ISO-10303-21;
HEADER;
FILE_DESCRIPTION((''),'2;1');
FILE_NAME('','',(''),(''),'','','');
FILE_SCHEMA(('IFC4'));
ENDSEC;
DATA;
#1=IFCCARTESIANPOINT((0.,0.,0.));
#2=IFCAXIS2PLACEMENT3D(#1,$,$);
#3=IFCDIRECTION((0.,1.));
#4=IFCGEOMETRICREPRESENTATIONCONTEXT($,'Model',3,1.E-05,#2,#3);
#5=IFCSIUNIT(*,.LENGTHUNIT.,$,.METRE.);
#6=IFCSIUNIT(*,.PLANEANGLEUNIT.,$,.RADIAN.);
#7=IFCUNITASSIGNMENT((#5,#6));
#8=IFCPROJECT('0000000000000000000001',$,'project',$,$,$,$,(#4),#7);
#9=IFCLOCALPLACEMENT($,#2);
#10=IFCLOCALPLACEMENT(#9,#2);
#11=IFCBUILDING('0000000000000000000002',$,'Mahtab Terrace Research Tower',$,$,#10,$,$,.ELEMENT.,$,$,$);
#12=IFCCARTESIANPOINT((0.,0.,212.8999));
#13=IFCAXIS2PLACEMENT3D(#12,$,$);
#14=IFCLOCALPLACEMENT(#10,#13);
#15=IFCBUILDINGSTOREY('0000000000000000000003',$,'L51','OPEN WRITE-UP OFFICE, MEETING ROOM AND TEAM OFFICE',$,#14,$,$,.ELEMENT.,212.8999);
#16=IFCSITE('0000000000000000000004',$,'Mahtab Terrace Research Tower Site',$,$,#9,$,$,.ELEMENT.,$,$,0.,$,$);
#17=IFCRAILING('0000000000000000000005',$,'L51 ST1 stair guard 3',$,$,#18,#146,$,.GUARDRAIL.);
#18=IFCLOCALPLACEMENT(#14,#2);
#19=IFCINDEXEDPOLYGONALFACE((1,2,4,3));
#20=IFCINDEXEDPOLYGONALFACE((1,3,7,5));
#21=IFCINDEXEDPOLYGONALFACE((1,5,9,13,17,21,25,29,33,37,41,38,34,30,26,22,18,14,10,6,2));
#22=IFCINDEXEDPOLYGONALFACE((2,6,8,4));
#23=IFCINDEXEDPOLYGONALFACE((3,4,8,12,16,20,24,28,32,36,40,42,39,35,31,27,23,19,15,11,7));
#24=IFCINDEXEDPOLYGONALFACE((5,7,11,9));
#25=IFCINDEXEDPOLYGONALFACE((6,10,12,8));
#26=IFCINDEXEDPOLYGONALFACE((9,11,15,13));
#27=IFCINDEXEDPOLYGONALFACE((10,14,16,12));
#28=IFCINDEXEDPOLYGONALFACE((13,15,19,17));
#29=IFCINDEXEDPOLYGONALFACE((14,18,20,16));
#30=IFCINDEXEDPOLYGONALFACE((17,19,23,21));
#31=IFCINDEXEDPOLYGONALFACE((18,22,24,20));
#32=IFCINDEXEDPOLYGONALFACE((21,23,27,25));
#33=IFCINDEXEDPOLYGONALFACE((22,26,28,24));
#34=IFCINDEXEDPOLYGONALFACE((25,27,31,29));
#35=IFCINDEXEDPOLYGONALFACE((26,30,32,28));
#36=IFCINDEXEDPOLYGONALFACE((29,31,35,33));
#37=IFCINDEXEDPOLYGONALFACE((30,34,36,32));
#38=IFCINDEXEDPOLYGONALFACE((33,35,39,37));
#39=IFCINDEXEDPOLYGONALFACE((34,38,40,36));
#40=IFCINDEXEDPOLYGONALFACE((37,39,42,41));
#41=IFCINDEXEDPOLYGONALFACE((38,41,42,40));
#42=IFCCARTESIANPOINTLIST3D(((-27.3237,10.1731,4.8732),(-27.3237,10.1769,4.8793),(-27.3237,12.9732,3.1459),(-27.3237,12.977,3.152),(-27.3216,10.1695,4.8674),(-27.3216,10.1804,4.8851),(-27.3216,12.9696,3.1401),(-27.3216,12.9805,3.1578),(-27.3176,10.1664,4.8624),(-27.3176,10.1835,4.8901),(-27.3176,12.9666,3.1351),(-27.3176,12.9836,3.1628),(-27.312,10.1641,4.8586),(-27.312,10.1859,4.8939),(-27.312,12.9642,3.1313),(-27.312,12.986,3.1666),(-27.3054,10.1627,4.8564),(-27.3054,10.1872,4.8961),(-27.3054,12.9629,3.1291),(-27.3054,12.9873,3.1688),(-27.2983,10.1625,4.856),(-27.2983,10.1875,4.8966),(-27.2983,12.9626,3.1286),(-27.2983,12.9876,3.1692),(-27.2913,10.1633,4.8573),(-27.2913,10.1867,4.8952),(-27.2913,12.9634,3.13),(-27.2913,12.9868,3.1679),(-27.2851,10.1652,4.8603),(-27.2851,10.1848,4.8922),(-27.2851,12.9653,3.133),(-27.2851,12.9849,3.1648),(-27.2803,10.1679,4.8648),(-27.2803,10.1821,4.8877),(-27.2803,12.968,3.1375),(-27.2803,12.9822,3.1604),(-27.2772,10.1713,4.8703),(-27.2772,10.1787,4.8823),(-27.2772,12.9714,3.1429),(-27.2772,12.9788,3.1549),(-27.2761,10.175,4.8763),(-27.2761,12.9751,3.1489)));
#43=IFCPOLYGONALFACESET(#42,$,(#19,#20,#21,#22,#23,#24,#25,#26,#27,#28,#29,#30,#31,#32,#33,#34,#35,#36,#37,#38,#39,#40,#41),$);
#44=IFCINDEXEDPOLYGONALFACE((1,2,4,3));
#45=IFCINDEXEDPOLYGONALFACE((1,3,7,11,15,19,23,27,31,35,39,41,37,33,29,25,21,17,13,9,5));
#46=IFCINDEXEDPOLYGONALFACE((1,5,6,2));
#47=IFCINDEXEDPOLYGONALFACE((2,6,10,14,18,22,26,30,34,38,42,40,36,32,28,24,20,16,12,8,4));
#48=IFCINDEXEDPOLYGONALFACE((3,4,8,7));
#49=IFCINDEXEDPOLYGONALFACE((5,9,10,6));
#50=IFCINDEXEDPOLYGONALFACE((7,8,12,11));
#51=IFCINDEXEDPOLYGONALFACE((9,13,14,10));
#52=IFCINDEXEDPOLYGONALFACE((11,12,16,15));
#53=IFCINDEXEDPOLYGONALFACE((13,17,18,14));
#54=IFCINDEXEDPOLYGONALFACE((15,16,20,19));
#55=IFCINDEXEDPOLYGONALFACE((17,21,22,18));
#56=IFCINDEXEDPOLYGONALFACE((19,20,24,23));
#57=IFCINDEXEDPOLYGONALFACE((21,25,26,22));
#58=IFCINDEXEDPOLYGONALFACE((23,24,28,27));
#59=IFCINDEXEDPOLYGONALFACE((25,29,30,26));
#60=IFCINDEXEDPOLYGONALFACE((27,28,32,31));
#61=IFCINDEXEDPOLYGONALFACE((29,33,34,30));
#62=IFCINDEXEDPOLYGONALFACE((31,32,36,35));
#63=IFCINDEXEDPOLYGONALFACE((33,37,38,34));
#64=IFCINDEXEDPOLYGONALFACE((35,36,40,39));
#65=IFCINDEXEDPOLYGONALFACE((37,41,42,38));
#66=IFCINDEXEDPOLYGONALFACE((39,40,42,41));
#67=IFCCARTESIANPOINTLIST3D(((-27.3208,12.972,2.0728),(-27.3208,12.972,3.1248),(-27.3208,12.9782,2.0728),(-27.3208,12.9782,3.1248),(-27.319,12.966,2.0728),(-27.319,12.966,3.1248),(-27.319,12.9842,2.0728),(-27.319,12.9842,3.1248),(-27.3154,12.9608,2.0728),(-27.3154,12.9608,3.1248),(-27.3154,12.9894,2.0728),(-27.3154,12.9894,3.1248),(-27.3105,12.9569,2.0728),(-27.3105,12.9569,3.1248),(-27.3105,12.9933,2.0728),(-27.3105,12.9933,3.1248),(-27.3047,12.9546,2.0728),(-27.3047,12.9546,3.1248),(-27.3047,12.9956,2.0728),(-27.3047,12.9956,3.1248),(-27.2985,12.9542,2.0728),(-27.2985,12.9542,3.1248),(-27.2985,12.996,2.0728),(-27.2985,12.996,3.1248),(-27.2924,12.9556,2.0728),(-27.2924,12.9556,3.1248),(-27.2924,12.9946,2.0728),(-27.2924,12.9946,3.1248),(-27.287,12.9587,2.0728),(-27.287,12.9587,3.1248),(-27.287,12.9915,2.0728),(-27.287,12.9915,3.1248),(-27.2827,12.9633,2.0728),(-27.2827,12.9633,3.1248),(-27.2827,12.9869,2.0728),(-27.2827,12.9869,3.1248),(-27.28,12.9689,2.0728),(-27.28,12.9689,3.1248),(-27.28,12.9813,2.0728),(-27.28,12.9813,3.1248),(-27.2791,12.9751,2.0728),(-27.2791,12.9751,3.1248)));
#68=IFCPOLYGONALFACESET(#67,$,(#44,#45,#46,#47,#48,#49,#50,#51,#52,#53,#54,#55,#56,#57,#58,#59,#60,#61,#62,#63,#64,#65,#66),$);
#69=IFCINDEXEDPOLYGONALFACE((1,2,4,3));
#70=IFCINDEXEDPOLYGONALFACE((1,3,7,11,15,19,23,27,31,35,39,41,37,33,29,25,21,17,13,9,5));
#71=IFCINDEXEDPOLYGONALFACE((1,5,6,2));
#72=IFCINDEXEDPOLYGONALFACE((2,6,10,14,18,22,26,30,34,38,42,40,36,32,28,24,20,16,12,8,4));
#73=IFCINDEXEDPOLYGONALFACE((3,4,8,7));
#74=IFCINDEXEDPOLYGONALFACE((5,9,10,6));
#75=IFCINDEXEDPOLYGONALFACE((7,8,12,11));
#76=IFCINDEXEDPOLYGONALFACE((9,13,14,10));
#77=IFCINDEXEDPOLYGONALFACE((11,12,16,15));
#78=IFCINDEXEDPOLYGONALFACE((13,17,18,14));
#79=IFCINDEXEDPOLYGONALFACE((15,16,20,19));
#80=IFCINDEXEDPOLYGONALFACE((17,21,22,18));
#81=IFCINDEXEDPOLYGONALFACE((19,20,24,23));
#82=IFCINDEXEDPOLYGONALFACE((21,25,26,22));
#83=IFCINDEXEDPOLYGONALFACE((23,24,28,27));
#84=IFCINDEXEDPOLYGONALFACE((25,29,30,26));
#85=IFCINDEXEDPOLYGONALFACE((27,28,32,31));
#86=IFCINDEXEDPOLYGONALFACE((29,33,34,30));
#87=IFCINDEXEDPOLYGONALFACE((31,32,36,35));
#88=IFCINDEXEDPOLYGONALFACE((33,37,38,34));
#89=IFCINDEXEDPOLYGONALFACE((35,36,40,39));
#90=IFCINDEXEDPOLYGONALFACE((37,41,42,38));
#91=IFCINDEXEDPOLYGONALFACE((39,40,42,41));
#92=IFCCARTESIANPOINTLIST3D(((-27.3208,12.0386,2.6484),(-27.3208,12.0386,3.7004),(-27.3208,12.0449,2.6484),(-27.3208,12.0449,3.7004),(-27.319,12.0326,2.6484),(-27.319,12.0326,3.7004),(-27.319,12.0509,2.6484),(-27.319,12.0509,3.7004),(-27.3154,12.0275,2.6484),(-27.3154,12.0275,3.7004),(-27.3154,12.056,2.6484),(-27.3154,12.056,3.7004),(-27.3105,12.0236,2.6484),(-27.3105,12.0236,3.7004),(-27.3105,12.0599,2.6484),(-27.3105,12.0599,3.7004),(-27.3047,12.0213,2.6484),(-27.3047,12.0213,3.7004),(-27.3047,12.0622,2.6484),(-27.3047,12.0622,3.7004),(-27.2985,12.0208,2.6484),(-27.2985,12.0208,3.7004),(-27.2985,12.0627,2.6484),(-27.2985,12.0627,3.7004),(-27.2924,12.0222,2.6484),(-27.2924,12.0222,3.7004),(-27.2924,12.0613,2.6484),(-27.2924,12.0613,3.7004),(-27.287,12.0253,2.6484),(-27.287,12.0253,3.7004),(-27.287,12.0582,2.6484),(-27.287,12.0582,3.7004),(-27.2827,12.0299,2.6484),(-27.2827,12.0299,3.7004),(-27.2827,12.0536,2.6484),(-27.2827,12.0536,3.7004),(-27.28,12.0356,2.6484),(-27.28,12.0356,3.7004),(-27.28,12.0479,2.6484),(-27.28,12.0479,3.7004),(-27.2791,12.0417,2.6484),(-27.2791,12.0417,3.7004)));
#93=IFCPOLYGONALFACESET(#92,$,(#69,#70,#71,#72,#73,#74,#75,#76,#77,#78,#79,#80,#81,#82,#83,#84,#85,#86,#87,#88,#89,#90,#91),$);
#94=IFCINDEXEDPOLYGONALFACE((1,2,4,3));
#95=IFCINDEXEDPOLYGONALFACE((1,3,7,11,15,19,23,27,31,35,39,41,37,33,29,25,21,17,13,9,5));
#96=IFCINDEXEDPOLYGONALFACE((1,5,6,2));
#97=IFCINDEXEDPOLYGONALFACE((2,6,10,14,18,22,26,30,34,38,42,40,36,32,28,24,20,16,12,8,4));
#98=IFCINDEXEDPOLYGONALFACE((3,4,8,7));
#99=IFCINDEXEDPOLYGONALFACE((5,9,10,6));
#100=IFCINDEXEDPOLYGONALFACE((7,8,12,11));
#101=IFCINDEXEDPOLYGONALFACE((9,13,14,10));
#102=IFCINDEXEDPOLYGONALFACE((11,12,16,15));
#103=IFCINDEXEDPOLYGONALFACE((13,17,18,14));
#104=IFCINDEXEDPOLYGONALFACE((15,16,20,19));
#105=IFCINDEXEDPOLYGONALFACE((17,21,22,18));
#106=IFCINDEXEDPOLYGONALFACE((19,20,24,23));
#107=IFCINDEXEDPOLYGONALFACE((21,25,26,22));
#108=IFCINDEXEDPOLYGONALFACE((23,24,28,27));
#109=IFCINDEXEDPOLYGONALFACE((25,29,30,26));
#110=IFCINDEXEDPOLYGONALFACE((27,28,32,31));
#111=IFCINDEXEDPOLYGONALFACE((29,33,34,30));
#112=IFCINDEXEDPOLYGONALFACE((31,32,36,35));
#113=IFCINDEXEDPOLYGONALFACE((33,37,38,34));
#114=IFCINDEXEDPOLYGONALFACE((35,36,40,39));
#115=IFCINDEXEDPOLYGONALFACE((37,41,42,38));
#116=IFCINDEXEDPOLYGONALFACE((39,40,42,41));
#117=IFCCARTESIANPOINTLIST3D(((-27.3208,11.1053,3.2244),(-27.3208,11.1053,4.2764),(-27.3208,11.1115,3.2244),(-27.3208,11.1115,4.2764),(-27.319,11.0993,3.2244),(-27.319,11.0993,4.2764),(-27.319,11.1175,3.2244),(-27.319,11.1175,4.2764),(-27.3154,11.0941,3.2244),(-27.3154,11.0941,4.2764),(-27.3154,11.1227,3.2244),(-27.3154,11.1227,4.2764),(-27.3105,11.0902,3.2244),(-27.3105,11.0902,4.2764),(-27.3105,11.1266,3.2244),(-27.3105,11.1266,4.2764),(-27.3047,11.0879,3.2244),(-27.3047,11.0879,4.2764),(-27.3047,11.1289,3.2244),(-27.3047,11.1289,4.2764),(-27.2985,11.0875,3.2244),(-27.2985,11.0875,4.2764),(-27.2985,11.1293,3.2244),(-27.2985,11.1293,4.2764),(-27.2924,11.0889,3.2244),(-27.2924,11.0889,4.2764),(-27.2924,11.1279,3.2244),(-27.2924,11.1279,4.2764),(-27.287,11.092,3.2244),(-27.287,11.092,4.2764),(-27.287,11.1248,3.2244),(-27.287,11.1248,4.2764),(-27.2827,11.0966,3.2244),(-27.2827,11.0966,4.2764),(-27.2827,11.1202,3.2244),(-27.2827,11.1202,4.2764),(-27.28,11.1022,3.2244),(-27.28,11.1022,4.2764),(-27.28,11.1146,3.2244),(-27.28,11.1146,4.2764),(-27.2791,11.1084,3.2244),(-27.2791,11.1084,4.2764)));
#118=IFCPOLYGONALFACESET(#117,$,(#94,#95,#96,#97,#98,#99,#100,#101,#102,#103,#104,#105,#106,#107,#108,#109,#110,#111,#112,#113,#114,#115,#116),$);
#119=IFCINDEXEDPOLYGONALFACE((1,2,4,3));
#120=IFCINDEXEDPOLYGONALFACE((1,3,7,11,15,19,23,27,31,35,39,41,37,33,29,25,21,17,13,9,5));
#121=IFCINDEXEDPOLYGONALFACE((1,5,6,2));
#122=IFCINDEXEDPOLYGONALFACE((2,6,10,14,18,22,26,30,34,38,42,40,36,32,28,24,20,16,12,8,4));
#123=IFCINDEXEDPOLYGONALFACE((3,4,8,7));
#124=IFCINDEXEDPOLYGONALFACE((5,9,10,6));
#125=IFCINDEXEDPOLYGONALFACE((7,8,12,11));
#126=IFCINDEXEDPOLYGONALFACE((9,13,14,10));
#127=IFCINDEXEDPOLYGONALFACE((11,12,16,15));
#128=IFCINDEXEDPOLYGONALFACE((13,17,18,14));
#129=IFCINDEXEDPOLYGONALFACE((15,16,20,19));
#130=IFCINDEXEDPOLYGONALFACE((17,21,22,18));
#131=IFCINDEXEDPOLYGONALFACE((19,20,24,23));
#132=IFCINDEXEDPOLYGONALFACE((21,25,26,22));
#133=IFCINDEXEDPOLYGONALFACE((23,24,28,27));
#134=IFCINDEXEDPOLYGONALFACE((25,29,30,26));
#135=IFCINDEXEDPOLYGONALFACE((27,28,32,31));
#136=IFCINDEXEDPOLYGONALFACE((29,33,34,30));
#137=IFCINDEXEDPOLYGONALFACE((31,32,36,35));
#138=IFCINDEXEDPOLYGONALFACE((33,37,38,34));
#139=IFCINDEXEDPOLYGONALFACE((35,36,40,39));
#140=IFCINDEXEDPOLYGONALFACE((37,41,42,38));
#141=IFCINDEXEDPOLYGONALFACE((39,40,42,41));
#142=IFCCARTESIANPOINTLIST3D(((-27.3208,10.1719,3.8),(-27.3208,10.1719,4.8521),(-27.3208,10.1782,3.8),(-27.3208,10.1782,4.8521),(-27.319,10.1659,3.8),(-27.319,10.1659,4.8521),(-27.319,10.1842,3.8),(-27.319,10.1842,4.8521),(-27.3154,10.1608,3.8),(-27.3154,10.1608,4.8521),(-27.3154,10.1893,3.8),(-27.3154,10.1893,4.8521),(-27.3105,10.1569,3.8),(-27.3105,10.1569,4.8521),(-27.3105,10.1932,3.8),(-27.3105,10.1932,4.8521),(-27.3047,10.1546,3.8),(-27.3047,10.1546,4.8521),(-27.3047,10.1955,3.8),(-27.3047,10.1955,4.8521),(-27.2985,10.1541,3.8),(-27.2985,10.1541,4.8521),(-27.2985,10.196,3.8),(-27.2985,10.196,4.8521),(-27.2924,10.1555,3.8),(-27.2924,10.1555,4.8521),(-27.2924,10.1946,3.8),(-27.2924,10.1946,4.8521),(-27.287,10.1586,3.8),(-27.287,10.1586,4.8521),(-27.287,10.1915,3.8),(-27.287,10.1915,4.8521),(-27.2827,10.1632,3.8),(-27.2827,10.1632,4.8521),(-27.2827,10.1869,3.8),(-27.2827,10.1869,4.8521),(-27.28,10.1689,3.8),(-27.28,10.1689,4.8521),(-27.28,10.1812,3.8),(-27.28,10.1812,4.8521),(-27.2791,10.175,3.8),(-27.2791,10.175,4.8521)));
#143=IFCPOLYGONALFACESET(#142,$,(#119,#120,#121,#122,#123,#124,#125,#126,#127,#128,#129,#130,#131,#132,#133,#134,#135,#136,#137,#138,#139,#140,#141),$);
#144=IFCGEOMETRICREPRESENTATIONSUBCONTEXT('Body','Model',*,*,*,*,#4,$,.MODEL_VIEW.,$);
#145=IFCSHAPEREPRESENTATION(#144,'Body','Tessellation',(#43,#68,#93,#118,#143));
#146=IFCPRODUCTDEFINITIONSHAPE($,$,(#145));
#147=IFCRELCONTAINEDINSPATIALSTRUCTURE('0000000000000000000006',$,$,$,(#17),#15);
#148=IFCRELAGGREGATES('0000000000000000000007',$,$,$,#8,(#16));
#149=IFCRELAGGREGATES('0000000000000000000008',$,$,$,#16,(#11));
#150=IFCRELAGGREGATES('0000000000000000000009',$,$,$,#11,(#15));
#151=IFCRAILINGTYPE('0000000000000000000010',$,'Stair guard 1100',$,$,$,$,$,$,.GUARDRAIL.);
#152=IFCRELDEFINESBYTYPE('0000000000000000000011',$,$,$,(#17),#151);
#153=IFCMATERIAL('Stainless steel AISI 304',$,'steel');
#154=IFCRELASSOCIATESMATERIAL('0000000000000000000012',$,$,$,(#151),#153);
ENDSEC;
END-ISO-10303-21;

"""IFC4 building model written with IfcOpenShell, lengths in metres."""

from ifc_helpers import new_model, si_unit, direction, frame, origin, origin_2d, place, context, subcontext, project, spatial, circle, extrude, material, type_object, element, save


model = new_model("IFC4")

# Units and contexts
model_context = context("Model", 3, precision=1e-05, world=origin(), true_north=direction((0.0, 1.0)))
body_context = subcontext(model_context, "Body", "Model", "MODEL_VIEW")
ifc_project = project(units=[si_unit("LENGTHUNIT", "METRE"), si_unit("PLANEANGLEUNIT", "RADIAN")], contexts=[model_context])

# Site, building, storey
site_placement = place(None, origin())
site = spatial("IfcSite", under=ifc_project, at=site_placement, Name="Mahtab Terrace Research Tower Site", CompositionType="ELEMENT", RefElevation=0.0)
building_placement = place(site_placement, origin())
building = spatial("IfcBuilding", under=site, at=building_placement, Name="Mahtab Terrace Research Tower", CompositionType="ELEMENT")
storey_placement = place(building_placement, frame((0.0, 0.0, 212.8999)))
storey = spatial("IfcBuildingStorey", under=building, at=storey_placement, Name="L51", Description="OPEN WRITE-UP OFFICE, MEETING ROOM AND TEAM OFFICE", CompositionType="ELEMENT", Elevation=212.8999)

# Railing
ifc_material_1 = material(Name="Stainless steel AISI 304", Category="steel")
railing_type_1 = type_object("IfcRailingType", Name="Stair guard 1100", PredefinedType="GUARDRAIL", material=ifc_material_1)
railing_1_placement = place(storey_placement, frame((-27.3, 12.9751, 2.0728)))
element("IfcRailing", 1, at=railing_1_placement, inside=storey, type_object=railing_type_1, Name="L51 ST1 stair guard 3", PredefinedType="GUARDRAIL", context=body_context, shape_type="SweptSolid", body=[
    extrude(circle(Radius=0.0239, at=origin_2d()), frame((0.0, 0.0, 1.0762), z_axis=(0.0, -0.85109, 0.52502), x_axis=(1.0, 0.0, 0.0)), (0.0, 0.0, 1.0), 3.29),
    extrude(circle(Radius=0.021, at=origin_2d()), origin(), (0.0, 0.0, 1.0), 1.052),
    extrude(circle(Radius=0.021, at=origin_2d()), frame((0.0, -0.9333, 0.5757)), (0.0, 0.0, 1.0), 1.052),
    extrude(circle(Radius=0.021, at=origin_2d()), frame((0.0, -1.8667, 1.1516)), (0.0, 0.0, 1.0), 1.052),
    extrude(circle(Radius=0.021, at=origin_2d()), frame((0.0, -2.8, 1.7273)), (0.0, 0.0, 1.0), 1.052),
])

save(model, "model.ifc")
